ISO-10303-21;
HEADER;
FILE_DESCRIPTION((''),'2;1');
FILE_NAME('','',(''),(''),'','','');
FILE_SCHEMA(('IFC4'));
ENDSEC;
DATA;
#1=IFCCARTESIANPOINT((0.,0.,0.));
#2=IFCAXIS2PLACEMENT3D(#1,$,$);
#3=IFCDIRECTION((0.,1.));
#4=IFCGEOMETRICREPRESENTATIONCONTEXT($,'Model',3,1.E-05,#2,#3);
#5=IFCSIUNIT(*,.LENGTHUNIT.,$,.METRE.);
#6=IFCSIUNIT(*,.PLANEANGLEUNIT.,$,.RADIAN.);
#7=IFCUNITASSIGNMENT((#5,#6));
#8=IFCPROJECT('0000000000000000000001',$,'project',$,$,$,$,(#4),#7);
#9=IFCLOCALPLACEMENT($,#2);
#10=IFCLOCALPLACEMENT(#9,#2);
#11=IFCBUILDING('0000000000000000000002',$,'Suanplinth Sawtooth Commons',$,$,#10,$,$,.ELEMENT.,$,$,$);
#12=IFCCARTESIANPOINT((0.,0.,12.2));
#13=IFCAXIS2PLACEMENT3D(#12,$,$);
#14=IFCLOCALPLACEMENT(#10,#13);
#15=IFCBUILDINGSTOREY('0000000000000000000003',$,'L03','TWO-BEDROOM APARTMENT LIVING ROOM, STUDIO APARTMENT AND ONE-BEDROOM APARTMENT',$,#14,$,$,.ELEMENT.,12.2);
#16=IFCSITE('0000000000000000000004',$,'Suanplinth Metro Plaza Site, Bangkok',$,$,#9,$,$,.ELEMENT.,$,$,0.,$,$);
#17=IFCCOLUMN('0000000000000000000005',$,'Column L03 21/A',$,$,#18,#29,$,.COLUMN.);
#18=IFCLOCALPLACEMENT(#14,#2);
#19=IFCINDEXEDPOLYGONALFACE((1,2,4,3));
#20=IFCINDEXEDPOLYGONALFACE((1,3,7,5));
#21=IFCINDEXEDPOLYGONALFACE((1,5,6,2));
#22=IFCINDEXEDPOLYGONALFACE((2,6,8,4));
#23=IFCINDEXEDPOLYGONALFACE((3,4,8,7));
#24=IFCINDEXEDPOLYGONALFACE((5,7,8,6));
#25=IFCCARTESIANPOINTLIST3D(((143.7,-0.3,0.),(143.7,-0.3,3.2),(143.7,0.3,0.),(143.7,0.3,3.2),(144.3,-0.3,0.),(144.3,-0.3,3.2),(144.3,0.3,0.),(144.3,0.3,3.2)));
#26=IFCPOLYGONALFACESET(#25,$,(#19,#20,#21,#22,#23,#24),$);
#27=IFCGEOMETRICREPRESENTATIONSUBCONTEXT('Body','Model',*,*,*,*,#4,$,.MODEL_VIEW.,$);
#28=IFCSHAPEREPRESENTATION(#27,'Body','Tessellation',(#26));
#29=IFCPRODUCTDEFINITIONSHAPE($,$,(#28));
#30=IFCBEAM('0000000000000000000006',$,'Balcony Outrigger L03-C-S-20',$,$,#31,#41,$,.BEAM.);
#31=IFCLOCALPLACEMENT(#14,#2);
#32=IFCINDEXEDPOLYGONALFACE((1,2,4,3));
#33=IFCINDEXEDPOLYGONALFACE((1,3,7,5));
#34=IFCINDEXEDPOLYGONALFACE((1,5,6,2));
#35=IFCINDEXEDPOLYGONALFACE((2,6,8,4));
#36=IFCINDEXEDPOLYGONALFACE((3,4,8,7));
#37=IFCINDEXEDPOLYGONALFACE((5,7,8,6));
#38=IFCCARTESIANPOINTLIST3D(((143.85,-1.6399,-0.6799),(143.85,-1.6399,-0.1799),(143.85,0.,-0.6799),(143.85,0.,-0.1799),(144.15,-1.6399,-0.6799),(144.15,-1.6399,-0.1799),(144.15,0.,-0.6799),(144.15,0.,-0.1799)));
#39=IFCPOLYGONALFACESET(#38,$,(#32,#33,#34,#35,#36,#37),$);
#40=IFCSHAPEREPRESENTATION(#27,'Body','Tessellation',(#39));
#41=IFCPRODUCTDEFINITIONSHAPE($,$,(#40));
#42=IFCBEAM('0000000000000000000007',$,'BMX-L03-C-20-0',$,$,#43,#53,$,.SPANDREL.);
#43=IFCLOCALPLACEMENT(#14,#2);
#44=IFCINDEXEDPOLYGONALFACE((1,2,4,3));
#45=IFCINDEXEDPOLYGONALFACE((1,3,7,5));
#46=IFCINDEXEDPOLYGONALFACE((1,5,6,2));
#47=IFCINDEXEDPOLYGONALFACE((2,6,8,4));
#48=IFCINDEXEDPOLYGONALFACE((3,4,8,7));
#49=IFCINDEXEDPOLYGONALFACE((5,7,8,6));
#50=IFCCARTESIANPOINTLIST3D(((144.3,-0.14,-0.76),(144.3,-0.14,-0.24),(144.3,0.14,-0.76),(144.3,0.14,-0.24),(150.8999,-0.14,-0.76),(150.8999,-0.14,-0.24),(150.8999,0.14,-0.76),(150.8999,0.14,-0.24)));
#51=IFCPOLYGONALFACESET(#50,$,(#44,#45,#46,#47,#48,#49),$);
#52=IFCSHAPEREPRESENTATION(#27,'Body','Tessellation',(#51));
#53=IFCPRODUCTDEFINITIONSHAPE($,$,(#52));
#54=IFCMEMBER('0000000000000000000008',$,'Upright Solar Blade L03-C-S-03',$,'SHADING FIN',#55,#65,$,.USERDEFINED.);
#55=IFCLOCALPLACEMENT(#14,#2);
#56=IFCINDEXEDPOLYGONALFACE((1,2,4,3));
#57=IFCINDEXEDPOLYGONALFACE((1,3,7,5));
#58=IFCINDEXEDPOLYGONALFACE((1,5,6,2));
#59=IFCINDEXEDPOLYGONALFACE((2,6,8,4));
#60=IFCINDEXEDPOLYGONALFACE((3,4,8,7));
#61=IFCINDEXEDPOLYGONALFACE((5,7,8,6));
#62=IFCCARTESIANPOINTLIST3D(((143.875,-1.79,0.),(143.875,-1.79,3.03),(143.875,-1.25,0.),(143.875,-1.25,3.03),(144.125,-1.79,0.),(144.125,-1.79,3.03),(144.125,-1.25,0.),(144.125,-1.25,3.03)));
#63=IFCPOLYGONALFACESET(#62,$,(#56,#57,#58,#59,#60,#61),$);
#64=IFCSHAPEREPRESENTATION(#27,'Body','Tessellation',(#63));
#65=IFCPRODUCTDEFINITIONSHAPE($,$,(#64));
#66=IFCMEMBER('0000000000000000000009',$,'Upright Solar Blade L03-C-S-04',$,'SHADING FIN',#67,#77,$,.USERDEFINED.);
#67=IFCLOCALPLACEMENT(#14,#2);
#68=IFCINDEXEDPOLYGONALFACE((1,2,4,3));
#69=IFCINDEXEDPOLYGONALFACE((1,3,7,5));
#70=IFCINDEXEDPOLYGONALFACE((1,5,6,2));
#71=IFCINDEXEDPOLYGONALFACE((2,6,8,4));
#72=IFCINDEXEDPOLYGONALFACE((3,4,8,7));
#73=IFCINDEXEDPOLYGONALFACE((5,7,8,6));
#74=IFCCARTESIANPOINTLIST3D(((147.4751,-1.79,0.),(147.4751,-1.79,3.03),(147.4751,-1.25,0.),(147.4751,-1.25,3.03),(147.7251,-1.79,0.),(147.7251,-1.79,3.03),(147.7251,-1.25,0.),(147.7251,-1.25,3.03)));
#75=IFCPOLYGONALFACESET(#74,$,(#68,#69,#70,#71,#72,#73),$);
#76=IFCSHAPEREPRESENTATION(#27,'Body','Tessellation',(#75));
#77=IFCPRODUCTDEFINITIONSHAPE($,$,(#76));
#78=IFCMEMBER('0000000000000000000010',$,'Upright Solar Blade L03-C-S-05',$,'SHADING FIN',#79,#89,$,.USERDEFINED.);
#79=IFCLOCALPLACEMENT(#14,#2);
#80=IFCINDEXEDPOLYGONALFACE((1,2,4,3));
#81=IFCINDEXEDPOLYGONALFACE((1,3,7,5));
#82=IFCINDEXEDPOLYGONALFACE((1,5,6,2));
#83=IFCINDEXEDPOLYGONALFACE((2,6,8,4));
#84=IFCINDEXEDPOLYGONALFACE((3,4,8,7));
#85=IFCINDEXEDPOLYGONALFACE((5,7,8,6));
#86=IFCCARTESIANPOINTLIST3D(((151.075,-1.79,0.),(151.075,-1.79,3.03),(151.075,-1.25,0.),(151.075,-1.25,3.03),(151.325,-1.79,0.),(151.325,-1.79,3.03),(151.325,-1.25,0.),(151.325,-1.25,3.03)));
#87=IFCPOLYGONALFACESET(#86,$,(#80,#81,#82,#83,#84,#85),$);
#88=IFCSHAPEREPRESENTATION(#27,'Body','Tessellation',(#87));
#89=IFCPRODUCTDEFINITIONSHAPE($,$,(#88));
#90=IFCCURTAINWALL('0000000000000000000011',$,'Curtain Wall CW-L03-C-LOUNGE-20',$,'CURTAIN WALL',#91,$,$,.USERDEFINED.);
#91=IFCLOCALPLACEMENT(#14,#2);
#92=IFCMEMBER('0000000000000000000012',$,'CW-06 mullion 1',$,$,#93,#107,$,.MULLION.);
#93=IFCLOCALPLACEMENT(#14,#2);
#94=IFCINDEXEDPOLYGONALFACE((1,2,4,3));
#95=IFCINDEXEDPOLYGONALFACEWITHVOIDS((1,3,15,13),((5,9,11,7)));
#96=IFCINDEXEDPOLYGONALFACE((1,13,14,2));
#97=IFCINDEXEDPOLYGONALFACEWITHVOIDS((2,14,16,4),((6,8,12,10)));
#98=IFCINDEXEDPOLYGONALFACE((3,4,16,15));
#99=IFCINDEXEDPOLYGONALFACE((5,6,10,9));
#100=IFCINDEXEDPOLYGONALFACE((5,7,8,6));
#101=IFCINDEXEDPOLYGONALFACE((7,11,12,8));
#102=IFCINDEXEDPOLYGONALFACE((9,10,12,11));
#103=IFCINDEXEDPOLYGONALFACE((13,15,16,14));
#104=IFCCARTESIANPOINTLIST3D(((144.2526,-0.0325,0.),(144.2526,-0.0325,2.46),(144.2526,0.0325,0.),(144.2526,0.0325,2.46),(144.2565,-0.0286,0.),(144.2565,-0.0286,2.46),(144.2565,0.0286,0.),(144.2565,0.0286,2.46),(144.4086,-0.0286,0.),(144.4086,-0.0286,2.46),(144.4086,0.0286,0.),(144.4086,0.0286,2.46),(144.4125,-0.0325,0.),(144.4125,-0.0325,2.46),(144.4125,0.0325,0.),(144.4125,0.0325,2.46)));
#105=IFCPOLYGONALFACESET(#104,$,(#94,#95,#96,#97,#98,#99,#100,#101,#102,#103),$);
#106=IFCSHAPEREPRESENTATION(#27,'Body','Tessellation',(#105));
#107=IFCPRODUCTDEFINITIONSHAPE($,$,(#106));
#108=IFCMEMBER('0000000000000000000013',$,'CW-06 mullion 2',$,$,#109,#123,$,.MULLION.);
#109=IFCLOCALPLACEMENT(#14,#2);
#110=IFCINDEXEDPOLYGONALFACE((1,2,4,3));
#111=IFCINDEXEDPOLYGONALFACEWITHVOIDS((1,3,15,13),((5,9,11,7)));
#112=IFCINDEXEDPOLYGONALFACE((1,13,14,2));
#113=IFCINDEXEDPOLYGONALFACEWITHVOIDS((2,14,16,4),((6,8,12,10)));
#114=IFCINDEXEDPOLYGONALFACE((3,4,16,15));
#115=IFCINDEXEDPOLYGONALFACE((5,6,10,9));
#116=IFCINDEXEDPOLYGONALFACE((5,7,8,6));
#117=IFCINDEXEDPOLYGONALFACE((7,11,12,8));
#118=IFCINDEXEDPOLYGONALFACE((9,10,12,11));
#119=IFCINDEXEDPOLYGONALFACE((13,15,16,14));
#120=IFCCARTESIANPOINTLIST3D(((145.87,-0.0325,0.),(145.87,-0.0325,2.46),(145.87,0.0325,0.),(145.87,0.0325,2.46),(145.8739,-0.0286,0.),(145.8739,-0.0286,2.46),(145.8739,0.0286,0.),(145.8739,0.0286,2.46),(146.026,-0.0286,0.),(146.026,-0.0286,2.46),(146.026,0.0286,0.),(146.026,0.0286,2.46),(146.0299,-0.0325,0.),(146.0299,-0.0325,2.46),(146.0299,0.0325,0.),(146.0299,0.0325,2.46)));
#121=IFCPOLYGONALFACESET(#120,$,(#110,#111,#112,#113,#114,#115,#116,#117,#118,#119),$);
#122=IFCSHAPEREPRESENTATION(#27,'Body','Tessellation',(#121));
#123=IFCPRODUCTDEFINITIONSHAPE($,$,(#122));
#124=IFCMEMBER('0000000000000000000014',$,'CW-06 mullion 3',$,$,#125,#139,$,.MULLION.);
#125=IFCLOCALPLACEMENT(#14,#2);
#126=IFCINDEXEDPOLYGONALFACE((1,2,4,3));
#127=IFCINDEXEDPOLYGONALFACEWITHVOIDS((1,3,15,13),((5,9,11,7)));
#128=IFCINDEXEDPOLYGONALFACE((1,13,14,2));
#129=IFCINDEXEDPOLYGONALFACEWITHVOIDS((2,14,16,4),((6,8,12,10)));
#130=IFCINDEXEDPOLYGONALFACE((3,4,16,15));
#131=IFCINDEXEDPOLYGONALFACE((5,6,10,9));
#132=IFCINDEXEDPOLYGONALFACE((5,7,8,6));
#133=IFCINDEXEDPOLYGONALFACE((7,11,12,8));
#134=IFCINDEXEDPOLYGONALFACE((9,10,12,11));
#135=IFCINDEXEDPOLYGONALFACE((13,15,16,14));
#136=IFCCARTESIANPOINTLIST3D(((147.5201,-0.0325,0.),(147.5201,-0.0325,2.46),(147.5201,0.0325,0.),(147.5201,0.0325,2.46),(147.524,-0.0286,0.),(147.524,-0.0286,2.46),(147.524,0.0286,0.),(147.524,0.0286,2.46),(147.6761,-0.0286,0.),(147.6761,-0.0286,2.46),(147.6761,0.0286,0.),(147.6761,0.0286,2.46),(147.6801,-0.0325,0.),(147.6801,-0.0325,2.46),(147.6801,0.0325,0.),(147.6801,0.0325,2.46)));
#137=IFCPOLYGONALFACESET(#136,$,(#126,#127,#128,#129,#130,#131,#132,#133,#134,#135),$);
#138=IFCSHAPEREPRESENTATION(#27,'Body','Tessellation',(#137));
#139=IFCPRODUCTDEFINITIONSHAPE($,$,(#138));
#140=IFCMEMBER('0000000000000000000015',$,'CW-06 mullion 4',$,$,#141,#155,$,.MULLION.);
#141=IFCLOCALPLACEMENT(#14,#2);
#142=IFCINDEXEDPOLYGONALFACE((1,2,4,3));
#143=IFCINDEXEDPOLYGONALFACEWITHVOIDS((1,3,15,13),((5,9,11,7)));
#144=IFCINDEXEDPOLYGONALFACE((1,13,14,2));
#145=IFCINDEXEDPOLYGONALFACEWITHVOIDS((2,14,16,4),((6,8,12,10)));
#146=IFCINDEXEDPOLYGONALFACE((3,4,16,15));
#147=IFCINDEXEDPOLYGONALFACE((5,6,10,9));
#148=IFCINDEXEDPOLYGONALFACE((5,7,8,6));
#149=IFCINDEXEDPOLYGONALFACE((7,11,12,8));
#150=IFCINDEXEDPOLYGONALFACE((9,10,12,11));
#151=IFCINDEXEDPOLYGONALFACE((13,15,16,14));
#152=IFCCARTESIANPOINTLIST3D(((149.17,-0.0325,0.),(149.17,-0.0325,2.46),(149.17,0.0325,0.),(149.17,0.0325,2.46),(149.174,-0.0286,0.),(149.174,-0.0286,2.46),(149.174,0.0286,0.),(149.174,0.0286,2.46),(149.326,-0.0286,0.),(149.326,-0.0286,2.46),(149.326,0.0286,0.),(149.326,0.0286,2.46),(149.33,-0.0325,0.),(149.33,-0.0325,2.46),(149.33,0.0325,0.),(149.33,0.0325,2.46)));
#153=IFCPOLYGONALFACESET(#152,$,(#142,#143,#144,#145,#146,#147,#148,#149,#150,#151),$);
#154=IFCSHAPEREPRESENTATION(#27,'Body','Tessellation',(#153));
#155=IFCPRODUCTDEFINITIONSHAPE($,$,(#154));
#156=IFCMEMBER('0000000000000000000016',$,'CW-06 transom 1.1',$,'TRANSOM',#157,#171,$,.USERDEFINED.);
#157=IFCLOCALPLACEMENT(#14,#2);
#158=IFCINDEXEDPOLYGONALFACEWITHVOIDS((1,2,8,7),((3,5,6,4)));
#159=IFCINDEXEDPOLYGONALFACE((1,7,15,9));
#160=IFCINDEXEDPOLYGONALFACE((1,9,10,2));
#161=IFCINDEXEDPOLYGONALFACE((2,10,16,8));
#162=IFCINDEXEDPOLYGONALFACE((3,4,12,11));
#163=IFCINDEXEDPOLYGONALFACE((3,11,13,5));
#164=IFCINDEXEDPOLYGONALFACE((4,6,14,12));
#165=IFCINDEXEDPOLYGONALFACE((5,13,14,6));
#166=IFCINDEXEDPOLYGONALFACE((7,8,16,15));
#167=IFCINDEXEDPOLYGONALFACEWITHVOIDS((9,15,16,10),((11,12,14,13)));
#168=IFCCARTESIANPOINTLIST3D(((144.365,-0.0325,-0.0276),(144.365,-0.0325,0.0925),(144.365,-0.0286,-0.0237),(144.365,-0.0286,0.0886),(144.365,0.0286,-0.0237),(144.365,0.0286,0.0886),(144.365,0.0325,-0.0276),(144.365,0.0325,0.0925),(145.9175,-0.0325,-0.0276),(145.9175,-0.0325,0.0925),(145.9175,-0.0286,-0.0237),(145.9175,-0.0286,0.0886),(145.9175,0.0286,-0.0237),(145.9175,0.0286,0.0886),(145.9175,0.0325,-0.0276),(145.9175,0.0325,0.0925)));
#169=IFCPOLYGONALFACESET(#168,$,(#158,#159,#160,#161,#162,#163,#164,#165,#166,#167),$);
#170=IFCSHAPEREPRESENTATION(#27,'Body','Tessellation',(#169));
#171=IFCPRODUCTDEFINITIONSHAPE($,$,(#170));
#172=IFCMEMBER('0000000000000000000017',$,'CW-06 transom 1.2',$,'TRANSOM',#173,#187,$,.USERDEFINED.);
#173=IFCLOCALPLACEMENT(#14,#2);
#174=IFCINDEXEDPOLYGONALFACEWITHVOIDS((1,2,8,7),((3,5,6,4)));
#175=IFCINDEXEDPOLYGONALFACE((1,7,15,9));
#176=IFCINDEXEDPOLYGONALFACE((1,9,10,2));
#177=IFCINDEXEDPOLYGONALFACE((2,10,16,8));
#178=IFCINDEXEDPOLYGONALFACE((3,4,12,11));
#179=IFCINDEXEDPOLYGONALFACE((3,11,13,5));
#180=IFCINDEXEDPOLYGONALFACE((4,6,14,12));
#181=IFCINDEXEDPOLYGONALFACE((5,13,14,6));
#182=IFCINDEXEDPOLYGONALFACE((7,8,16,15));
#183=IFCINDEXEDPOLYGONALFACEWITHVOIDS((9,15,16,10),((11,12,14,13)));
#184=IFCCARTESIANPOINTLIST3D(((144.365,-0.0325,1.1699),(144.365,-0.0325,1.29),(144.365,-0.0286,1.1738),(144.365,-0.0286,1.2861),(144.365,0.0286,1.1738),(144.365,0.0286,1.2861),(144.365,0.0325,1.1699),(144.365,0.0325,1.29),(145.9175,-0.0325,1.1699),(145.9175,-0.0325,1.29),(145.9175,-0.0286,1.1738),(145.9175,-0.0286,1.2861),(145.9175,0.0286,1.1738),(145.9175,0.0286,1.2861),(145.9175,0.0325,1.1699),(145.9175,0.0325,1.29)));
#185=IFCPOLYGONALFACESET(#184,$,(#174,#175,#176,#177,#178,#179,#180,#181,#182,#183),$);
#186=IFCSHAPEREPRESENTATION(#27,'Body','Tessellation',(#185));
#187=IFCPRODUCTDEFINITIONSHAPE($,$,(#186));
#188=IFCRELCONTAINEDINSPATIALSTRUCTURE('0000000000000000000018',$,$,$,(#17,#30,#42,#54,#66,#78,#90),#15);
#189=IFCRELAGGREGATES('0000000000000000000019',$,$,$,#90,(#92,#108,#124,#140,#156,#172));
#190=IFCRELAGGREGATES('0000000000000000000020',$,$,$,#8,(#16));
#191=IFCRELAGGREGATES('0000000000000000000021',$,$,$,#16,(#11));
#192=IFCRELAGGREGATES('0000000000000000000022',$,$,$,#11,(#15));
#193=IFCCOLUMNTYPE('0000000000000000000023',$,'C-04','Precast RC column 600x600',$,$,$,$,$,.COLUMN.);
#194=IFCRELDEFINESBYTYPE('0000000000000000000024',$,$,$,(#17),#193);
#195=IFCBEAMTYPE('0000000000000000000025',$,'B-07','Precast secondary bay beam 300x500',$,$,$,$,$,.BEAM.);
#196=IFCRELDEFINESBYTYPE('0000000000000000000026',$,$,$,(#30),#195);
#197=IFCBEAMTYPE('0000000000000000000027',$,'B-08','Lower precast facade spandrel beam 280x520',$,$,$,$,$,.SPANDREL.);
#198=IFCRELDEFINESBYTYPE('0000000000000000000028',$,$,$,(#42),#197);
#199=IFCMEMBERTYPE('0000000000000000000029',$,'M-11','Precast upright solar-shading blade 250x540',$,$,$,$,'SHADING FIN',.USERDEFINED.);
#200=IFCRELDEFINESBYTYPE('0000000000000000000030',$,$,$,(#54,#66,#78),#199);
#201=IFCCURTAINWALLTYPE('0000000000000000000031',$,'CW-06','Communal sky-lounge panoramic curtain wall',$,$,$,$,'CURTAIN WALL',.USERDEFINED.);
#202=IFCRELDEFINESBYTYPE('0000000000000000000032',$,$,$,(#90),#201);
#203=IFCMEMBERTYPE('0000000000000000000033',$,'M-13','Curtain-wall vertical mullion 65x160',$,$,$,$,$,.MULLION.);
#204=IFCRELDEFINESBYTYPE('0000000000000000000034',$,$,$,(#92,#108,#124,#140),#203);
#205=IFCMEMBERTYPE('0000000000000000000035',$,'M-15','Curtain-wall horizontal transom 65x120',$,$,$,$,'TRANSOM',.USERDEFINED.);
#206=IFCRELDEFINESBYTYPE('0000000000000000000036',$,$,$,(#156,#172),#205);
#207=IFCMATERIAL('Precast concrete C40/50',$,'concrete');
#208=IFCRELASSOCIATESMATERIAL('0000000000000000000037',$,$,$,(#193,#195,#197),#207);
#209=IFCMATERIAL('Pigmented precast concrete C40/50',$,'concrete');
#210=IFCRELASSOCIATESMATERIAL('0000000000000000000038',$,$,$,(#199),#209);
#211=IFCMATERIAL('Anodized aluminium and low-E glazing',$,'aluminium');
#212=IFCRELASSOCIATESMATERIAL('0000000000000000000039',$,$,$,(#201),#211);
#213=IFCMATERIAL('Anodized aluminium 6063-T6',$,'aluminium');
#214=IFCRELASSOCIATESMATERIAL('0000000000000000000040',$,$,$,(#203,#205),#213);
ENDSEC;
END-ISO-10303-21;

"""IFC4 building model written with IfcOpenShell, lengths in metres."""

from ifc_helpers import new_model, si_unit, direction, frame, origin, origin_2d, place, context, subcontext, project, spatial, rectangle, hollow_rectangle, extrude, material, material_profile, profile_set, type_object, element, aggregate, save


model = new_model("IFC4")

# Units and contexts
model_context = context("Model", 3, precision=1e-05, world=origin(), true_north=direction((0.0, 1.0)))
body_context = subcontext(model_context, "Body", "Model", "MODEL_VIEW")
ifc_project = project(units=[si_unit("LENGTHUNIT", "METRE"), si_unit("PLANEANGLEUNIT", "RADIAN")], contexts=[model_context])

# Site, building, storey
site_placement = place(None, origin())
site = spatial("IfcSite", under=ifc_project, at=site_placement, Name="Suanplinth Metro Plaza Site, Bangkok", CompositionType="ELEMENT", RefElevation=0.0)
building_placement = place(site_placement, origin())
building = spatial("IfcBuilding", under=site, at=building_placement, Name="Suanplinth Sawtooth Commons", CompositionType="ELEMENT")
storey_placement = place(building_placement, frame((0.0, 0.0, 12.2)))
storey = spatial("IfcBuildingStorey", under=building, at=storey_placement, Name="L03", Description="TWO-BEDROOM APARTMENT LIVING ROOM, STUDIO APARTMENT AND ONE-BEDROOM APARTMENT", CompositionType="ELEMENT", Elevation=12.2)

# Column
ifc_material_1 = material(Name="Precast concrete C40/50", Category="concrete")
ifc_material_profile_1 = material_profile(ifc_material_1, rectangle(XDim=0.6001, YDim=0.6001, at=origin_2d()), Name="PC-COL 600x600")
ifc_profile_set_1 = profile_set([ifc_material_profile_1], Name="Precast concrete C40/50")
column_type = type_object("IfcColumnType", Name="C-04", Description="Precast RC column 600x600", PredefinedType="COLUMN", material=ifc_profile_set_1)
column_placement = place(storey_placement, frame((144.0, 0.0, 0.0), z_axis=(0.0, 0.0, 1.0), x_axis=(1.0, 0.0, 0.0)))
element("IfcColumn", 1, at=column_placement, inside=storey, type_object=column_type, Name="Column L03 21/A", PredefinedType="COLUMN", context=body_context, shape_type="SweptSolid", body=[
    extrude(rectangle(XDim=0.6001, YDim=0.6001, at=origin_2d()), origin(), (0.0, 0.0, 1.0), 3.2),
])

# Beams
ifc_material_profile_2 = material_profile(ifc_material_1, rectangle(XDim=0.3, YDim=0.5, at=origin_2d()), Name="PC-BM 300x500")
ifc_profile_set_2 = profile_set([ifc_material_profile_2], Name="Precast concrete C40/50")
beam_type_1 = type_object("IfcBeamType", Name="B-07", Description="Precast secondary bay beam 300x500", PredefinedType="BEAM", material=ifc_profile_set_2)
beam_1_placement = place(storey_placement, frame((144.0, 0.0, -0.4299), z_axis=(0.0, -1.0, 0.0), x_axis=(1.0, 0.0, 0.0)))
element("IfcBeam", 2, at=beam_1_placement, inside=storey, type_object=beam_type_1, Name="Balcony Outrigger L03-C-S-20", PredefinedType="BEAM", context=body_context, shape_type="SweptSolid", body=[
    extrude(rectangle(XDim=0.3, YDim=0.5, at=origin_2d()), origin(), (0.0, 0.0, 1.0), 1.6399),
])
ifc_material_profile_3 = material_profile(ifc_material_1, rectangle(XDim=0.28, YDim=0.52, at=origin_2d()), Name="PC-SP 280x520")
ifc_profile_set_3 = profile_set([ifc_material_profile_3], Name="Precast concrete C40/50")
beam_type_2 = type_object("IfcBeamType", Name="B-08", Description="Lower precast facade spandrel beam 280x520", PredefinedType="SPANDREL", material=ifc_profile_set_3)
beam_2_placement = place(storey_placement, frame((144.3, 0.0, -0.5), z_axis=(1.0, 0.0, 0.0), x_axis=(0.0, 1.0, 0.0)))
element("IfcBeam", 3, at=beam_2_placement, inside=storey, type_object=beam_type_2, Name="BMX-L03-C-20-0", PredefinedType="SPANDREL", context=body_context, shape_type="SweptSolid", body=[
    extrude(rectangle(XDim=0.28, YDim=0.52, at=origin_2d()), origin(), (0.0, 0.0, 1.0), 6.5999),
])

# Members
ifc_material_2 = material(Name="Pigmented precast concrete C40/50", Category="concrete")
ifc_material_profile_4 = material_profile(ifc_material_2, rectangle(XDim=0.25, YDim=0.54, at=origin_2d()), Name="PC-FIN 250x540")
ifc_profile_set_4 = profile_set([ifc_material_profile_4], Name="Pigmented precast concrete C40/50")
member_type_1 = type_object("IfcMemberType", Name="M-11", Description="Precast upright solar-shading blade 250x540", ElementType="SHADING FIN", PredefinedType="USERDEFINED", material=ifc_profile_set_4)
for number, where, z_axis, x_axis, name in (
    (4, (144.0, -1.52, 0.0), (0.0, 0.0, 1.0), (1.0, 0.0, 0.0), "Upright Solar Blade L03-C-S-03"),
    (5, (147.6001, -1.52, 0.0), (0.0, 0.0, 1.0), (1.0, 0.0, 0.0), "Upright Solar Blade L03-C-S-04"),
    (6, (151.2, -1.52, 0.0), (0.0, 0.0, 1.0), (1.0, 0.0, 0.0), "Upright Solar Blade L03-C-S-05"),
):
    element("IfcMember", number, at=place(storey_placement, frame(where, z_axis=z_axis, x_axis=x_axis)), inside=storey, type_object=member_type_1, Name=name, ObjectType="SHADING FIN", PredefinedType="USERDEFINED", context=body_context, shape_type="SweptSolid", body=[
        extrude(rectangle(XDim=0.25, YDim=0.54, at=origin_2d()), origin(), (0.0, 0.0, 1.0), 3.03),
    ])

# Curtain wall, members
ifc_material_3 = material(Name="Anodized aluminium and low-E glazing", Category="aluminium")
curtain_wall_type = type_object("IfcCurtainWallType", Name="CW-06", Description="Communal sky-lounge panoramic curtain wall", ElementType="CURTAIN WALL", PredefinedType="USERDEFINED", material=ifc_material_3)
curtain_wall_placement = place(storey_placement, origin())
curtain_wall = element("IfcCurtainWall", 7, at=curtain_wall_placement, inside=storey, type_object=curtain_wall_type, Name="Curtain Wall CW-L03-C-LOUNGE-20", ObjectType="CURTAIN WALL", PredefinedType="USERDEFINED")
ifc_material_4 = material(Name="Anodized aluminium 6063-T6", Category="aluminium")
ifc_material_profile_5 = material_profile(ifc_material_4, hollow_rectangle(XDim=0.0649, YDim=0.1599, WallThickness=0.0039, at=origin_2d()), Name="ALU-MUL 65x160")
ifc_profile_set_5 = profile_set([ifc_material_profile_5], Name="Anodized aluminium 6063-T6")
member_type_2 = type_object("IfcMemberType", Name="M-13", Description="Curtain-wall vertical mullion 65x160", PredefinedType="MULLION", material=ifc_profile_set_5)
member_1_placement = place(storey_placement, frame((144.3325, 0.0, 0.0), z_axis=(0.0, 0.0, 1.0), x_axis=(0.0, 1.0, 0.0)))
member_1 = element("IfcMember", 8, at=member_1_placement, type_object=member_type_2, Name="CW-06 mullion 1", PredefinedType="MULLION", context=body_context, shape_type="SweptSolid", body=[
    extrude(hollow_rectangle(XDim=0.0649, YDim=0.1599, WallThickness=0.0039, at=origin_2d()), origin(), (0.0, 0.0, 1.0), 2.46),
])
member_2_placement = place(storey_placement, frame((145.95, 0.0, 0.0), z_axis=(0.0, 0.0, 1.0), x_axis=(0.0, 1.0, 0.0)))
member_2 = element("IfcMember", 9, at=member_2_placement, type_object=member_type_2, Name="CW-06 mullion 2", PredefinedType="MULLION", context=body_context, shape_type="SweptSolid", body=[
    extrude(hollow_rectangle(XDim=0.0649, YDim=0.1599, WallThickness=0.0039, at=origin_2d()), origin(), (0.0, 0.0, 1.0), 2.46),
])
member_3_placement = place(storey_placement, frame((147.6001, 0.0, 0.0), z_axis=(0.0, 0.0, 1.0), x_axis=(0.0, 1.0, 0.0)))
member_3 = element("IfcMember", 10, at=member_3_placement, type_object=member_type_2, Name="CW-06 mullion 3", PredefinedType="MULLION", context=body_context, shape_type="SweptSolid", body=[
    extrude(hollow_rectangle(XDim=0.0649, YDim=0.1599, WallThickness=0.0039, at=origin_2d()), origin(), (0.0, 0.0, 1.0), 2.46),
])
member_4_placement = place(storey_placement, frame((149.25, 0.0, 0.0), z_axis=(0.0, 0.0, 1.0), x_axis=(0.0, 1.0, 0.0)))
member_4 = element("IfcMember", 11, at=member_4_placement, type_object=member_type_2, Name="CW-06 mullion 4", PredefinedType="MULLION", context=body_context, shape_type="SweptSolid", body=[
    extrude(hollow_rectangle(XDim=0.0649, YDim=0.1599, WallThickness=0.0039, at=origin_2d()), origin(), (0.0, 0.0, 1.0), 2.46),
])
ifc_material_profile_6 = material_profile(ifc_material_4, hollow_rectangle(XDim=0.0649, YDim=0.1201, WallThickness=0.0039, at=origin_2d()), Name="ALU-TRN 65x120")
ifc_profile_set_6 = profile_set([ifc_material_profile_6], Name="Anodized aluminium 6063-T6")
member_type_3 = type_object("IfcMemberType", Name="M-15", Description="Curtain-wall horizontal transom 65x120", ElementType="TRANSOM", PredefinedType="USERDEFINED", material=ifc_profile_set_6)
member_5_placement = place(storey_placement, frame((144.365, 0.0, 0.0325), z_axis=(1.0, 0.0, 0.0), x_axis=(0.0, 1.0, 0.0)))
member_5 = element("IfcMember", 12, at=member_5_placement, type_object=member_type_3, Name="CW-06 transom 1.1", ObjectType="TRANSOM", PredefinedType="USERDEFINED", context=body_context, shape_type="SweptSolid", body=[
    extrude(hollow_rectangle(XDim=0.0649, YDim=0.1201, WallThickness=0.0039, at=origin_2d()), origin(), (0.0, 0.0, 1.0), 1.5525),
])
member_6_placement = place(storey_placement, frame((144.365, 0.0, 1.23), z_axis=(1.0, 0.0, 0.0), x_axis=(0.0, 1.0, 0.0)))
member_6 = element("IfcMember", 13, at=member_6_placement, type_object=member_type_3, Name="CW-06 transom 1.2", ObjectType="TRANSOM", PredefinedType="USERDEFINED", context=body_context, shape_type="SweptSolid", body=[
    extrude(hollow_rectangle(XDim=0.0649, YDim=0.1201, WallThickness=0.0039, at=origin_2d()), origin(), (0.0, 0.0, 1.0), 1.5525),
])
aggregate(curtain_wall, [member_1, member_2, member_3, member_4, member_5, member_6])

save(model, "model.ifc")
